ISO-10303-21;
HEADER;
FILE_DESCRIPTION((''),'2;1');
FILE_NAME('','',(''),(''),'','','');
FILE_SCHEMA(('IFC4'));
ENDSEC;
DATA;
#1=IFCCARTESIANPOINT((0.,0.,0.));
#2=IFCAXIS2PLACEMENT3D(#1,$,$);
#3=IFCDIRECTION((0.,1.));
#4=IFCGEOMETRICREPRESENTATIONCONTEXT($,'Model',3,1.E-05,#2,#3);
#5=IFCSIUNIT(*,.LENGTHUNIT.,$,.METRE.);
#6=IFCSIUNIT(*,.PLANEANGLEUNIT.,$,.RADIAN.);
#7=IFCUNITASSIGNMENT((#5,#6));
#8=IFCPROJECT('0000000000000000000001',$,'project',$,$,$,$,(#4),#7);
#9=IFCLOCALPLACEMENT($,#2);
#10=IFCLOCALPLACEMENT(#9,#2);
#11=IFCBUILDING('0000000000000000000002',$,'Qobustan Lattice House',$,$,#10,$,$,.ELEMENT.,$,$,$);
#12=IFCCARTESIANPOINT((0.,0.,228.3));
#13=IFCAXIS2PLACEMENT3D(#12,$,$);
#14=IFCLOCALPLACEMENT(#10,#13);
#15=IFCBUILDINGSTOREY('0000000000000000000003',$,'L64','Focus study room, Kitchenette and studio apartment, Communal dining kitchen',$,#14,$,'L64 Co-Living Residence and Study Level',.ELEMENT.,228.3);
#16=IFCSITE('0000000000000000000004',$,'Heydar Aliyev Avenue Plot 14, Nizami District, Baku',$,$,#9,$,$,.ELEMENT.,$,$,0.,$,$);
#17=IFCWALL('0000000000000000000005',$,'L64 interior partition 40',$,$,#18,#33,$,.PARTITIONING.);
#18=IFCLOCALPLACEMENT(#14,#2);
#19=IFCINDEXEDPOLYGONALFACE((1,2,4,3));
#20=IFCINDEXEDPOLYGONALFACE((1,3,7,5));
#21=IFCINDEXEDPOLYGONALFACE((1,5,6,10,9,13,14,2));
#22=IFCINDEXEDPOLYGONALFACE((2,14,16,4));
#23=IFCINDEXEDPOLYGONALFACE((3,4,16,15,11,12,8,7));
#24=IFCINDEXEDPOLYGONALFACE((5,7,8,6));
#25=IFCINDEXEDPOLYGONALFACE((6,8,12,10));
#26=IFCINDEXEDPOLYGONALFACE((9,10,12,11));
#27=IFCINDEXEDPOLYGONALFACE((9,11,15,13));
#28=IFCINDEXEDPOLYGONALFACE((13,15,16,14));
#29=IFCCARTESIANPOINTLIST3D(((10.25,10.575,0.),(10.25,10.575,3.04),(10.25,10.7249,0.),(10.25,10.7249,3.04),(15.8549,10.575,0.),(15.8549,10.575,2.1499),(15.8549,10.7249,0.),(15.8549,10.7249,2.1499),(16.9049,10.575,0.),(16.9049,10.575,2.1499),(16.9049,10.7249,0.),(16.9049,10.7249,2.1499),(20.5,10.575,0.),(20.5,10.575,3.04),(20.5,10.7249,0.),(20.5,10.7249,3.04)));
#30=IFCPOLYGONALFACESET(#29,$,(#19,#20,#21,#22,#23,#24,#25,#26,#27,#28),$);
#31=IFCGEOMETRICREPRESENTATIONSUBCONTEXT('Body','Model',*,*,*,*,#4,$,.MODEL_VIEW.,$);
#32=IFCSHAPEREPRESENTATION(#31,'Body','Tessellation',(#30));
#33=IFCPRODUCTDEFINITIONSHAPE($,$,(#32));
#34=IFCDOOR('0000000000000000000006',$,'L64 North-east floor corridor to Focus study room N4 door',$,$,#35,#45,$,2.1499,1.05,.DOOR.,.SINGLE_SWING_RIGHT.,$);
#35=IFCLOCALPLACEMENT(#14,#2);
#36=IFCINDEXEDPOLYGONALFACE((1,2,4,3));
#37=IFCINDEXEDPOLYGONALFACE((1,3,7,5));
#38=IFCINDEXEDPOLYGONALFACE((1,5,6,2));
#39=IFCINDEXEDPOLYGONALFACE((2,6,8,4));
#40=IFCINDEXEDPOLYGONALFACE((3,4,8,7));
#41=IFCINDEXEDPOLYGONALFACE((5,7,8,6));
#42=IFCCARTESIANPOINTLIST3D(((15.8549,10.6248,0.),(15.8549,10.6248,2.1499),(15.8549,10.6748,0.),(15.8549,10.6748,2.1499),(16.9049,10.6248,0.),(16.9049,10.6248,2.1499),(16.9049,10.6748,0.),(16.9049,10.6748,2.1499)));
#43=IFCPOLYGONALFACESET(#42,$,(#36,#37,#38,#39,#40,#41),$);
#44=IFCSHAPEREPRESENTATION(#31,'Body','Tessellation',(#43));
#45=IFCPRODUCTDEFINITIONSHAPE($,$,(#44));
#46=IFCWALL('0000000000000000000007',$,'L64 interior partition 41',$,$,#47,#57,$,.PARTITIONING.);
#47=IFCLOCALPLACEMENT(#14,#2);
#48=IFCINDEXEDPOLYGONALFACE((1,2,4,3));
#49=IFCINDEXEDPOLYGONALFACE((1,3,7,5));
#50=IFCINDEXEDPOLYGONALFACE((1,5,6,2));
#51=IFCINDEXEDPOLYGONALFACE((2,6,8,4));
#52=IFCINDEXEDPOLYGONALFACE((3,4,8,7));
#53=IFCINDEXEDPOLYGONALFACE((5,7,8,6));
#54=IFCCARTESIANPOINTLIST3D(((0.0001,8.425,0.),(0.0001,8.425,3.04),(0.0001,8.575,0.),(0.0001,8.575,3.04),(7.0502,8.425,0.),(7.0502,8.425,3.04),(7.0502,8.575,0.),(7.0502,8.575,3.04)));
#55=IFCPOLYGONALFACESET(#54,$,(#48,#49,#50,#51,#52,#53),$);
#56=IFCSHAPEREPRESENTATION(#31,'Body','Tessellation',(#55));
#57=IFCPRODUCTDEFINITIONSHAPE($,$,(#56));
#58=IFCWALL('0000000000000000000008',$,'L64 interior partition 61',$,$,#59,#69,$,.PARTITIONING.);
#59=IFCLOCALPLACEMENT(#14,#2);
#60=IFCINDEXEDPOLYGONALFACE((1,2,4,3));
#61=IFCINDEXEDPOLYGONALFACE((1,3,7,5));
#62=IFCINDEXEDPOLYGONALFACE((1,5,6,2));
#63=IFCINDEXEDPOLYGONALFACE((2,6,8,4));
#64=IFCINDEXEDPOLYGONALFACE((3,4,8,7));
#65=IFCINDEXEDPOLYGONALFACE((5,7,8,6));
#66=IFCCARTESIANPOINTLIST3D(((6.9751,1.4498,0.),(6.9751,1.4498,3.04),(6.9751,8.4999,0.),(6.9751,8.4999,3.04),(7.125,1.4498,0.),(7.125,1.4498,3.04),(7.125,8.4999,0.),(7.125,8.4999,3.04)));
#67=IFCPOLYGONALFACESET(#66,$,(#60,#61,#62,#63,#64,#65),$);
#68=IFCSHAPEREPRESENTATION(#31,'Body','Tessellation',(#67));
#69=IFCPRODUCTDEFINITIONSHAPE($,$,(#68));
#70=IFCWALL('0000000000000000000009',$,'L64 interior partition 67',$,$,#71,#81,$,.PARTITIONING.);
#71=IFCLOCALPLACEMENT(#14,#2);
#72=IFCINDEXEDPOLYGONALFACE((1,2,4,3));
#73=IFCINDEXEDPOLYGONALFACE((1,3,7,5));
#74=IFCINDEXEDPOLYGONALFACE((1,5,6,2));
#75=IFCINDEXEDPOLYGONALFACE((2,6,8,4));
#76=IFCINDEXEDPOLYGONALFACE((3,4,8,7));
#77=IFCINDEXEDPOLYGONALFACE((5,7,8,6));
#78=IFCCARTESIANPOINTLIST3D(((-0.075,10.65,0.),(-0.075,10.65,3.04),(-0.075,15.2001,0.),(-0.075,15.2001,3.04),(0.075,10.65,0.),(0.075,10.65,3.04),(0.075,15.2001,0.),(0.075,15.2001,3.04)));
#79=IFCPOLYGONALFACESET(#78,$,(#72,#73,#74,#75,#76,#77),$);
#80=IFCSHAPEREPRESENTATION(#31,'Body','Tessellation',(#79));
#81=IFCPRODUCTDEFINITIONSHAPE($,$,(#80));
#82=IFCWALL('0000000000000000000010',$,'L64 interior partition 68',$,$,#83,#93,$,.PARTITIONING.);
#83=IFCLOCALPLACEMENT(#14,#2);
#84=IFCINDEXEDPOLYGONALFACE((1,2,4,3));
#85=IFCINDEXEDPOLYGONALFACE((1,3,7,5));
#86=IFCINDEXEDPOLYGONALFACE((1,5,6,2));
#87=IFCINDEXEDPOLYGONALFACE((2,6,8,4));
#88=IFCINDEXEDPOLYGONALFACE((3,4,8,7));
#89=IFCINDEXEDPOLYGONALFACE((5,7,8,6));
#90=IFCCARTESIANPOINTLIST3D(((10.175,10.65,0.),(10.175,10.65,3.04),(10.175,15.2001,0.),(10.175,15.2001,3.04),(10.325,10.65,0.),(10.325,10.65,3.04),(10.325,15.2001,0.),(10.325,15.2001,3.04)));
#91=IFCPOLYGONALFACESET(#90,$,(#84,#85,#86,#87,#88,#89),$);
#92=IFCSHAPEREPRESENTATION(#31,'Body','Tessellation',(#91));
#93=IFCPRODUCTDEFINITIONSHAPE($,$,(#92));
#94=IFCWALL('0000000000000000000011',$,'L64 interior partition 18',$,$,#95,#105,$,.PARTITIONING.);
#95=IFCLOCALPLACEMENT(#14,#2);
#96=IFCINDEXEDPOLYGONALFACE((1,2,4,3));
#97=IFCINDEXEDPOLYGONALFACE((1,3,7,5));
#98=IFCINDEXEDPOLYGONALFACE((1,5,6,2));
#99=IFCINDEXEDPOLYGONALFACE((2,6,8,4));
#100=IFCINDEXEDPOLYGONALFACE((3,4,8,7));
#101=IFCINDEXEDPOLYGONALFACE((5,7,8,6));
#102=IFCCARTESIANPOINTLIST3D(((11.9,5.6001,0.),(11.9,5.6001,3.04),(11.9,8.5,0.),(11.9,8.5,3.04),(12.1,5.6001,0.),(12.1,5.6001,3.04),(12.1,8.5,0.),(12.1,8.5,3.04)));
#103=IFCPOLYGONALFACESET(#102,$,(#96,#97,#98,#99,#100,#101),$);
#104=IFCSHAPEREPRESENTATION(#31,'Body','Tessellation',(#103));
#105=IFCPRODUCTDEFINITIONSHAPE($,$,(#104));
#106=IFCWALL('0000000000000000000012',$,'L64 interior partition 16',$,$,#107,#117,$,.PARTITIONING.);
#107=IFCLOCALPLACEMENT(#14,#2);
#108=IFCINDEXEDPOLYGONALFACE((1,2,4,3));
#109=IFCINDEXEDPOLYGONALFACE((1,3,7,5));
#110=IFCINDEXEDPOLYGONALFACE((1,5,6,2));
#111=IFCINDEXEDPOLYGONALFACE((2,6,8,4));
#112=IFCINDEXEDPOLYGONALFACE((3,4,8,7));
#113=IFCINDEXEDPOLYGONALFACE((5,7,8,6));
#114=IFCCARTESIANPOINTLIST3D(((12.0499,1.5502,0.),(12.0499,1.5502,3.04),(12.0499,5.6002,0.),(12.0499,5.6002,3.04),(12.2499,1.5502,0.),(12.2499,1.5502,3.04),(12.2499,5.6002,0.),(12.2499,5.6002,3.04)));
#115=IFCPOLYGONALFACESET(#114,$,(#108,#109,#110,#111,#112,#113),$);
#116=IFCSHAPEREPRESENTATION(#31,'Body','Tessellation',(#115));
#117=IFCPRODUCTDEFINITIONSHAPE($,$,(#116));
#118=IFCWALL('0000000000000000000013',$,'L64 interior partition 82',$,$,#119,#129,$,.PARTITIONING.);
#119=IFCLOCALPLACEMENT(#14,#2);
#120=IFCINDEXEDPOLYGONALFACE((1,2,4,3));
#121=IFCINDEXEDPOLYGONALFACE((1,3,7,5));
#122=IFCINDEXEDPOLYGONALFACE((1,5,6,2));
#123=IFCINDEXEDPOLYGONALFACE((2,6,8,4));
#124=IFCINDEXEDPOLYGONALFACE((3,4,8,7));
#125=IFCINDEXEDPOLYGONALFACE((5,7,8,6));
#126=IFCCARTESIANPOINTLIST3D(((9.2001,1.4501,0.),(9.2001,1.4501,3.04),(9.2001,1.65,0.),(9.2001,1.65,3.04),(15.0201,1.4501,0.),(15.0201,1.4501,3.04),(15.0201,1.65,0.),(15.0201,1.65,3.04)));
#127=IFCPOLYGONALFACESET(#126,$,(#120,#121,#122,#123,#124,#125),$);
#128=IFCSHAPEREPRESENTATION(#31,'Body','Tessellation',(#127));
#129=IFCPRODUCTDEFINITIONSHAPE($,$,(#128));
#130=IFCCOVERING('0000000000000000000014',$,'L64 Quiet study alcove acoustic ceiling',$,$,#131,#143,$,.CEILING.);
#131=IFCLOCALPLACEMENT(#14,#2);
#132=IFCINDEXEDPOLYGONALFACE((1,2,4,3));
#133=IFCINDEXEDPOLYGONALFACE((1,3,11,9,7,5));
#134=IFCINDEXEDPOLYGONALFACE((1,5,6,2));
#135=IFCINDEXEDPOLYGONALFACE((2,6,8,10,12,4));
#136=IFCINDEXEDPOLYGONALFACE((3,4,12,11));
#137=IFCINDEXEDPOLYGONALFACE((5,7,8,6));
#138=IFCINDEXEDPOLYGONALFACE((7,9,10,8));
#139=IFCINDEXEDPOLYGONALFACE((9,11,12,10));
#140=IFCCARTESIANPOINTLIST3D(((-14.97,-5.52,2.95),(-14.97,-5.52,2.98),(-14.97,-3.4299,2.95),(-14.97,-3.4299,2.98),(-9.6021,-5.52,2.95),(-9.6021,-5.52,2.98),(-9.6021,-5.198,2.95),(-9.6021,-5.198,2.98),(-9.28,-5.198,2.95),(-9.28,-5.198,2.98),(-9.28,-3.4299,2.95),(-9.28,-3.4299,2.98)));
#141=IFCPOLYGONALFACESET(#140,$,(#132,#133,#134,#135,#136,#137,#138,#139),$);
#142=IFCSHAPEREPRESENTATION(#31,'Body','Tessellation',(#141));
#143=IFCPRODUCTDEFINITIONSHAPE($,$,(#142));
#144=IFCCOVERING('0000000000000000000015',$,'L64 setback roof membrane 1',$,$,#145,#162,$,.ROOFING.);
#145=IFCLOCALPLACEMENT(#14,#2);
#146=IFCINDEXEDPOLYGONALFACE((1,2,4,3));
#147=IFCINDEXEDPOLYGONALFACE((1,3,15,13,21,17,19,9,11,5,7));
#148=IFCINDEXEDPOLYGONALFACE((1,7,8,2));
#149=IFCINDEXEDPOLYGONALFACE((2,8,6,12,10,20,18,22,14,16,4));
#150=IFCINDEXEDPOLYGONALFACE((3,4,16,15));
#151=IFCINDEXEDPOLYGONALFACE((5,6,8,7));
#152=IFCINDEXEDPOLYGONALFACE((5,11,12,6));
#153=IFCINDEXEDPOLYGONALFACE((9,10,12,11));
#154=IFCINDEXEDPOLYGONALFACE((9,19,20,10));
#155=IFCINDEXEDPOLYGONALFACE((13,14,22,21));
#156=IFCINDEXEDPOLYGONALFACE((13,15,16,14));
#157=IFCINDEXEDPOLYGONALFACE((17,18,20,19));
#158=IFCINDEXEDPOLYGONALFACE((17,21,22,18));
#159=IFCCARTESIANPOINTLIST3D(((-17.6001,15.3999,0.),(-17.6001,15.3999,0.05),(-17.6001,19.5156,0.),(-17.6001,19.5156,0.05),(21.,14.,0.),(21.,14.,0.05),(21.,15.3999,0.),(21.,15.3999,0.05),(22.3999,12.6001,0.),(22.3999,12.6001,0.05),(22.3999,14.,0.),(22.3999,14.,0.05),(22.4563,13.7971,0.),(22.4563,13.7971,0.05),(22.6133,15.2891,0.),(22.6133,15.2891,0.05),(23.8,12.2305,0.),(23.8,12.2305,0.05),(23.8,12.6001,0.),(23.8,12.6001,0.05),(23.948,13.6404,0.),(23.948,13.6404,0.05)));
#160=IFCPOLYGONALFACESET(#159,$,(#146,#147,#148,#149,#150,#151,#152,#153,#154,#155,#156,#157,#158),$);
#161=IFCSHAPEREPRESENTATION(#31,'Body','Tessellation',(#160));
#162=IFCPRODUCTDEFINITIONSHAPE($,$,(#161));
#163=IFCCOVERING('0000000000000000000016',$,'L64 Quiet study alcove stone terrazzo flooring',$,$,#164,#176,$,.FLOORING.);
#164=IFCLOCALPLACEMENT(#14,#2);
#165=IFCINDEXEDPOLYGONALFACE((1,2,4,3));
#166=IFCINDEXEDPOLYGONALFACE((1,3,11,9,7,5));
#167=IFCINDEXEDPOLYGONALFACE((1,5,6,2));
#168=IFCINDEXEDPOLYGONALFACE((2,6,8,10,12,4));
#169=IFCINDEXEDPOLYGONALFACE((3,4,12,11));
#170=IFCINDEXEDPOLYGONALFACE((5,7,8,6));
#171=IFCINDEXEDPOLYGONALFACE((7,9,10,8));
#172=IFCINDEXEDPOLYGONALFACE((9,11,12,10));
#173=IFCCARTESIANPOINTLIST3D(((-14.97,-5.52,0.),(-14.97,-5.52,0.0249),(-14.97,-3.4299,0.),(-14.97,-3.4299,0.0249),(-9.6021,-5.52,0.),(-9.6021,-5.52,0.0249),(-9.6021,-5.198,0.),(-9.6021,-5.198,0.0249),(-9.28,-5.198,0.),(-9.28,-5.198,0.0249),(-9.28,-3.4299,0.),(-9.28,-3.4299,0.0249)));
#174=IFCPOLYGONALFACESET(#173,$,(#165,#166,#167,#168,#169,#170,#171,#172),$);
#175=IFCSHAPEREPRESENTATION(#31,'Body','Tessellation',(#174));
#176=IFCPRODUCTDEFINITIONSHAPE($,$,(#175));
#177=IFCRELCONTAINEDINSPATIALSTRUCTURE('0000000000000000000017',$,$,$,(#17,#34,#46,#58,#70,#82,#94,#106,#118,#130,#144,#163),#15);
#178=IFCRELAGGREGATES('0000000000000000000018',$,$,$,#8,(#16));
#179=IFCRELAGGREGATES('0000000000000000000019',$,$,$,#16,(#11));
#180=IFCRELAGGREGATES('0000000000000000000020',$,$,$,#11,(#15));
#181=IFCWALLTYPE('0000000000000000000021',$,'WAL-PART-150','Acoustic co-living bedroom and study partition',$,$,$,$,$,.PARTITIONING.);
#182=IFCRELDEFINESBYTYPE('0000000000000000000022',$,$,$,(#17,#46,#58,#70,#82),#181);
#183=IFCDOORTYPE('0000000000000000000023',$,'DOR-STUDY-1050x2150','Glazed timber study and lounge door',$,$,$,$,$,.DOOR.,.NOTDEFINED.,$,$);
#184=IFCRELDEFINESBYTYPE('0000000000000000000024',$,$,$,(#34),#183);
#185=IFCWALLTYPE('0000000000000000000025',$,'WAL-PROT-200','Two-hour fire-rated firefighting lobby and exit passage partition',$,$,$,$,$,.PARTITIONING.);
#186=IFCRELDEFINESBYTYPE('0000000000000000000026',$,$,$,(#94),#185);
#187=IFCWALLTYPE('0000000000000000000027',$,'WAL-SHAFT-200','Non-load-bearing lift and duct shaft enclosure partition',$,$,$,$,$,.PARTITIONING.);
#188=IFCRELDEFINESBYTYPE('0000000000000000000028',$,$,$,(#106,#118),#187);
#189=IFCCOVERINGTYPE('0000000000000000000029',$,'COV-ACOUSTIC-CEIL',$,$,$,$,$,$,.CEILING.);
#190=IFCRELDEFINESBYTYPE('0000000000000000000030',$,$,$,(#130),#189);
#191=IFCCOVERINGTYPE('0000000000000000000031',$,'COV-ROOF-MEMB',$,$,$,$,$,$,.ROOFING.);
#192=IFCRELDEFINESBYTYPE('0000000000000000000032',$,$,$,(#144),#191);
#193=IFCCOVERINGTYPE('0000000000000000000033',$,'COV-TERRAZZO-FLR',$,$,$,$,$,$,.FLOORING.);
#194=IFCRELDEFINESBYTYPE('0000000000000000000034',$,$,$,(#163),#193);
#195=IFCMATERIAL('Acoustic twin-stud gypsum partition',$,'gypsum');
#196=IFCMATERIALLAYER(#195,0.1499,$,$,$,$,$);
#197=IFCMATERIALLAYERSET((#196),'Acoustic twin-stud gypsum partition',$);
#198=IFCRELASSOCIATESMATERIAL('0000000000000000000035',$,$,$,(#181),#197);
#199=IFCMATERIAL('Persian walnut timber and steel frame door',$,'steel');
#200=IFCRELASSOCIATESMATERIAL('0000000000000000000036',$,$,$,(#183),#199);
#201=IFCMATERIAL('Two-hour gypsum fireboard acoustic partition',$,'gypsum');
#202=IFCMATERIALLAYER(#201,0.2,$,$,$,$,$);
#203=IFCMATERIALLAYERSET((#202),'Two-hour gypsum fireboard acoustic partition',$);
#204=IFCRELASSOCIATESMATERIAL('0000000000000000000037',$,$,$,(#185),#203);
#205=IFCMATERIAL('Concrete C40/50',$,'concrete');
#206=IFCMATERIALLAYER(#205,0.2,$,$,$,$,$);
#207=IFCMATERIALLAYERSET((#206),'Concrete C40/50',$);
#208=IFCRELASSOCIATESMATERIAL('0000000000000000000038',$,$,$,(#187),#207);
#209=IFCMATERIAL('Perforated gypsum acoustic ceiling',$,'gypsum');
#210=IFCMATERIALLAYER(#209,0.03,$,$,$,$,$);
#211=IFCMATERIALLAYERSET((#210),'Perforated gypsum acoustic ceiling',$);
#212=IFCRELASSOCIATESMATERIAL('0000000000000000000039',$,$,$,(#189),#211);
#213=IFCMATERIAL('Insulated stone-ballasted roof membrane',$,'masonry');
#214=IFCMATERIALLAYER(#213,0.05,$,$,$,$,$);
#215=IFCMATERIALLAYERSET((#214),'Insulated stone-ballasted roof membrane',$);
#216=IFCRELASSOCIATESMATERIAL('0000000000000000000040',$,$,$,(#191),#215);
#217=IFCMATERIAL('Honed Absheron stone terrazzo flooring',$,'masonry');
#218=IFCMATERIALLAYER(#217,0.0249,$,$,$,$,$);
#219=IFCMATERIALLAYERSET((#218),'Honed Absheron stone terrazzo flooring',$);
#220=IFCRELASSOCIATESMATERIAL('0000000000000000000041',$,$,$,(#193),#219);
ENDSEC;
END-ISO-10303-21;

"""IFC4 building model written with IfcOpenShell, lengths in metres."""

from ifc_helpers import new_model, si_unit, direction, frame, frame_2d, origin, place, context, subcontext, project, spatial, polyline, rectangle, outline, extrude, material, layer, layer_set, type_object, element, fill, save


model = new_model("IFC4")

# Units and contexts
model_context = context("Model", 3, precision=1e-05, world=origin(), true_north=direction((0.0, 1.0)))
body_context = subcontext(model_context, "Body", "Model", "MODEL_VIEW")
ifc_project = project(units=[si_unit("LENGTHUNIT", "METRE"), si_unit("PLANEANGLEUNIT", "RADIAN")], contexts=[model_context])

# Site, building, storey
site_placement = place(None, origin())
site = spatial("IfcSite", under=ifc_project, at=site_placement, Name="Heydar Aliyev Avenue Plot 14, Nizami District, Baku", CompositionType="ELEMENT", RefElevation=0.0)
building_placement = place(site_placement, origin())
building = spatial("IfcBuilding", under=site, at=building_placement, Name="Qobustan Lattice House", CompositionType="ELEMENT")
storey_placement = place(building_placement, frame((0.0, 0.0, 228.3)))
storey = spatial("IfcBuildingStorey", under=building, at=storey_placement, Name="L64", Description="Focus study room, Kitchenette and studio apartment, Communal dining kitchen", LongName="L64 Co-Living Residence and Study Level", CompositionType="ELEMENT", Elevation=228.3)

# Wall, opening, door
ifc_material_1 = material(Name="Acoustic twin-stud gypsum partition", Category="gypsum")
ifc_layer_1 = layer(ifc_material_1, 0.1499)
ifc_layer_set_1 = layer_set([ifc_layer_1], Name="Acoustic twin-stud gypsum partition")
wall_type_1 = type_object("IfcWallType", Name="WAL-PART-150", Description="Acoustic co-living bedroom and study partition", PredefinedType="PARTITIONING", material=ifc_layer_set_1)
ifc_material_2 = material(Name="Persian walnut timber and steel frame door", Category="steel")
door_type_1 = type_object("IfcDoorType", Name="DOR-STUDY-1050x2150", Description="Glazed timber study and lounge door", OperationType="NOTDEFINED", PredefinedType="DOOR", material=ifc_material_2)
wall_1_placement = place(storey_placement, frame((10.25, 10.6499, 0.0), z_axis=(0.0, 0.0, 1.0), x_axis=(1.0, 0.0, 0.0)))
wall_1 = element("IfcWall", 1, at=wall_1_placement, inside=storey, type_object=wall_type_1, Name="L64 interior partition 40", PredefinedType="PARTITIONING", context=body_context, shape_type="SweptSolid", body=[
    extrude(rectangle(XDim=10.25, YDim=0.1499, at=frame_2d((5.125, 0.0))), origin(), (0.0, 0.0, 1.0), 3.04),
])
opening_1_placement = place(wall_1_placement, frame((5.605, 0.0, 0.0)))
opening_1 = element("IfcOpeningElement", 2, at=opening_1_placement, cuts=wall_1, PredefinedType="OPENING", context=body_context, shape_type="SweptSolid", body=[
    extrude(rectangle(XDim=1.05, YDim=2.1499, at=frame_2d((0.5249, 1.075))), frame((0.0, 0.085, 0.0), z_axis=(0.0, -1.0, 0.0), x_axis=(1.0, 0.0, 0.0)), (0.0, 0.0, 1.0), 0.1699),
])
door_1_placement = place(opening_1_placement, origin())
door_1 = element("IfcDoor", 3, at=door_1_placement, inside=storey, type_object=door_type_1, Name="L64 North-east floor corridor to Focus study room N4 door", OperationType="SINGLE_SWING_RIGHT", OverallHeight=2.1499, OverallWidth=1.05, PredefinedType="DOOR", context=body_context, shape_type="SweptSolid", body=[
    extrude(rectangle(XDim=1.05, YDim=2.1499, at=frame_2d((0.5249, 1.075))), frame((0.0, 0.0249, 0.0), z_axis=(0.0, -1.0, 0.0), x_axis=(1.0, 0.0, 0.0)), (0.0, 0.0, 1.0), 0.05),
])
fill(opening_1, door_1)

# Walls
for number, where, z_axis, x_axis, name in (
    (4, (7.05, 8.5, 0.0), (0.0, 0.0, 1.0), (-1.0, 0.0, 0.0), "L64 interior partition 41"),
    (5, (7.05, 1.45, 0.0), (0.0, 0.0, 1.0), (0.0, 1.0, 0.0), "L64 interior partition 61"),
):
    element("IfcWall", number, at=place(storey_placement, frame(where, z_axis=z_axis, x_axis=x_axis)), inside=storey, type_object=wall_type_1, Name=name, PredefinedType="PARTITIONING", context=body_context, shape_type="SweptSolid", body=[
        extrude(rectangle(XDim=7.05, YDim=0.1499, at=frame_2d((3.5249, 0.0))), origin(), (0.0, 0.0, 1.0), 3.04),
    ])
for number, where, z_axis, x_axis, name in (
    (6, (0.0, 15.2, 0.0), (0.0, 0.0, 1.0), (0.0, -1.0, 0.0), "L64 interior partition 67"),
    (7, (10.25, 15.2, 0.0), (0.0, 0.0, 1.0), (0.0, -1.0, 0.0), "L64 interior partition 68"),
):
    element("IfcWall", number, at=place(storey_placement, frame(where, z_axis=z_axis, x_axis=x_axis)), inside=storey, type_object=wall_type_1, Name=name, PredefinedType="PARTITIONING", context=body_context, shape_type="SweptSolid", body=[
        extrude(rectangle(XDim=4.55, YDim=0.1499, at=frame_2d((2.2749, 0.0))), origin(), (0.0, 0.0, 1.0), 3.04),
    ])
ifc_material_3 = material(Name="Two-hour gypsum fireboard acoustic partition", Category="gypsum")
ifc_layer_2 = layer(ifc_material_3, 0.2)
ifc_layer_set_2 = layer_set([ifc_layer_2], Name="Two-hour gypsum fireboard acoustic partition")
wall_type_2 = type_object("IfcWallType", Name="WAL-PROT-200", Description="Two-hour fire-rated firefighting lobby and exit passage partition", PredefinedType="PARTITIONING", material=ifc_layer_set_2)
wall_2_placement = place(storey_placement, frame((12.0, 8.5, 0.0), z_axis=(0.0, 0.0, 1.0), x_axis=(0.0, -1.0, 0.0)))
element("IfcWall", 8, at=wall_2_placement, inside=storey, type_object=wall_type_2, Name="L64 interior partition 18", PredefinedType="PARTITIONING", context=body_context, shape_type="SweptSolid", body=[
    extrude(rectangle(XDim=2.8999, YDim=0.2, at=frame_2d((1.45, 0.0))), origin(), (0.0, 0.0, 1.0), 3.04),
])
ifc_material_4 = material(Name="Concrete C40/50", Category="concrete")
ifc_layer_3 = layer(ifc_material_4, 0.2)
ifc_layer_set_3 = layer_set([ifc_layer_3], Name="Concrete C40/50")
wall_type_3 = type_object("IfcWallType", Name="WAL-SHAFT-200", Description="Non-load-bearing lift and duct shaft enclosure partition", PredefinedType="PARTITIONING", material=ifc_layer_set_3)
wall_3_placement = place(storey_placement, frame((12.1499, 5.6001, 0.0), z_axis=(0.0, 0.0, 1.0), x_axis=(0.0, -1.0, 0.0)))
element("IfcWall", 9, at=wall_3_placement, inside=storey, type_object=wall_type_3, Name="L64 interior partition 16", PredefinedType="PARTITIONING", context=body_context, shape_type="SweptSolid", body=[
    extrude(rectangle(XDim=4.05, YDim=0.2, at=frame_2d((2.0249, 0.0))), origin(), (0.0, 0.0, 1.0), 3.04),
])
wall_4_placement = place(storey_placement, frame((9.2, 1.55, 0.0), z_axis=(0.0, 0.0, 1.0), x_axis=(1.0, 0.0, 0.0)))
element("IfcWall", 10, at=wall_4_placement, inside=storey, type_object=wall_type_3, Name="L64 interior partition 82", PredefinedType="PARTITIONING", context=body_context, shape_type="SweptSolid", body=[
    extrude(rectangle(XDim=5.8201, YDim=0.2, at=frame_2d((2.9102, 0.0))), origin(), (0.0, 0.0, 1.0), 3.04),
])

# Coverings
ifc_material_5 = material(Name="Perforated gypsum acoustic ceiling", Category="gypsum")
ifc_layer_4 = layer(ifc_material_5, 0.03)
ifc_layer_set_4 = layer_set([ifc_layer_4], Name="Perforated gypsum acoustic ceiling")
covering_type_1 = type_object("IfcCoveringType", Name="COV-ACOUSTIC-CEIL", PredefinedType="CEILING", material=ifc_layer_set_4)
covering_1_placement = place(storey_placement, frame((0.0, 0.0, 2.95)))
element("IfcCovering", 11, at=covering_1_placement, inside=storey, type_object=covering_type_1, Name="L64 Quiet study alcove acoustic ceiling", PredefinedType="CEILING", context=body_context, shape_type="SweptSolid", body=[
    extrude(outline(polyline([(-9.28, -3.4299), (-14.97, -3.4299), (-14.97, -5.52), (-9.6021, -5.52), (-9.6021, -5.198), (-9.28, -5.198), (-9.28, -3.4299)])), origin(), (0.0, 0.0, 1.0), 0.03),
])
ifc_material_6 = material(Name="Insulated stone-ballasted roof membrane", Category="masonry")
ifc_layer_5 = layer(ifc_material_6, 0.05)
ifc_layer_set_5 = layer_set([ifc_layer_5], Name="Insulated stone-ballasted roof membrane")
covering_type_2 = type_object("IfcCoveringType", Name="COV-ROOF-MEMB", PredefinedType="ROOFING", material=ifc_layer_set_5)
covering_2_placement = place(storey_placement, origin())
element("IfcCovering", 12, at=covering_2_placement, inside=storey, type_object=covering_type_2, Name="L64 setback roof membrane 1", PredefinedType="ROOFING", context=body_context, shape_type="SweptSolid", body=[
    extrude(outline(polyline([(-17.6001, 19.5156), (-17.6001, 15.3999), (21.0, 15.3999), (21.0, 14.0), (22.3999, 14.0), (22.3999, 12.6001), (23.8, 12.6001), (23.8, 12.2305), (23.948, 13.6404), (22.4563, 13.7971), (22.6133, 15.2891), (-17.6001, 19.5156)])), origin(), (0.0, 0.0, 1.0), 0.05),
])
ifc_material_7 = material(Name="Honed Absheron stone terrazzo flooring", Category="masonry")
ifc_layer_6 = layer(ifc_material_7, 0.0249)
ifc_layer_set_6 = layer_set([ifc_layer_6], Name="Honed Absheron stone terrazzo flooring")
covering_type_3 = type_object("IfcCoveringType", Name="COV-TERRAZZO-FLR", PredefinedType="FLOORING", material=ifc_layer_set_6)
covering_3_placement = place(storey_placement, origin())
element("IfcCovering", 13, at=covering_3_placement, inside=storey, type_object=covering_type_3, Name="L64 Quiet study alcove stone terrazzo flooring", PredefinedType="FLOORING", context=body_context, shape_type="SweptSolid", body=[
    extrude(outline(polyline([(-9.28, -3.4299), (-14.97, -3.4299), (-14.97, -5.52), (-9.6021, -5.52), (-9.6021, -5.198), (-9.28, -5.198), (-9.28, -3.4299)])), origin(), (0.0, 0.0, 1.0), 0.0249),
])

save(model, "model.ifc")
